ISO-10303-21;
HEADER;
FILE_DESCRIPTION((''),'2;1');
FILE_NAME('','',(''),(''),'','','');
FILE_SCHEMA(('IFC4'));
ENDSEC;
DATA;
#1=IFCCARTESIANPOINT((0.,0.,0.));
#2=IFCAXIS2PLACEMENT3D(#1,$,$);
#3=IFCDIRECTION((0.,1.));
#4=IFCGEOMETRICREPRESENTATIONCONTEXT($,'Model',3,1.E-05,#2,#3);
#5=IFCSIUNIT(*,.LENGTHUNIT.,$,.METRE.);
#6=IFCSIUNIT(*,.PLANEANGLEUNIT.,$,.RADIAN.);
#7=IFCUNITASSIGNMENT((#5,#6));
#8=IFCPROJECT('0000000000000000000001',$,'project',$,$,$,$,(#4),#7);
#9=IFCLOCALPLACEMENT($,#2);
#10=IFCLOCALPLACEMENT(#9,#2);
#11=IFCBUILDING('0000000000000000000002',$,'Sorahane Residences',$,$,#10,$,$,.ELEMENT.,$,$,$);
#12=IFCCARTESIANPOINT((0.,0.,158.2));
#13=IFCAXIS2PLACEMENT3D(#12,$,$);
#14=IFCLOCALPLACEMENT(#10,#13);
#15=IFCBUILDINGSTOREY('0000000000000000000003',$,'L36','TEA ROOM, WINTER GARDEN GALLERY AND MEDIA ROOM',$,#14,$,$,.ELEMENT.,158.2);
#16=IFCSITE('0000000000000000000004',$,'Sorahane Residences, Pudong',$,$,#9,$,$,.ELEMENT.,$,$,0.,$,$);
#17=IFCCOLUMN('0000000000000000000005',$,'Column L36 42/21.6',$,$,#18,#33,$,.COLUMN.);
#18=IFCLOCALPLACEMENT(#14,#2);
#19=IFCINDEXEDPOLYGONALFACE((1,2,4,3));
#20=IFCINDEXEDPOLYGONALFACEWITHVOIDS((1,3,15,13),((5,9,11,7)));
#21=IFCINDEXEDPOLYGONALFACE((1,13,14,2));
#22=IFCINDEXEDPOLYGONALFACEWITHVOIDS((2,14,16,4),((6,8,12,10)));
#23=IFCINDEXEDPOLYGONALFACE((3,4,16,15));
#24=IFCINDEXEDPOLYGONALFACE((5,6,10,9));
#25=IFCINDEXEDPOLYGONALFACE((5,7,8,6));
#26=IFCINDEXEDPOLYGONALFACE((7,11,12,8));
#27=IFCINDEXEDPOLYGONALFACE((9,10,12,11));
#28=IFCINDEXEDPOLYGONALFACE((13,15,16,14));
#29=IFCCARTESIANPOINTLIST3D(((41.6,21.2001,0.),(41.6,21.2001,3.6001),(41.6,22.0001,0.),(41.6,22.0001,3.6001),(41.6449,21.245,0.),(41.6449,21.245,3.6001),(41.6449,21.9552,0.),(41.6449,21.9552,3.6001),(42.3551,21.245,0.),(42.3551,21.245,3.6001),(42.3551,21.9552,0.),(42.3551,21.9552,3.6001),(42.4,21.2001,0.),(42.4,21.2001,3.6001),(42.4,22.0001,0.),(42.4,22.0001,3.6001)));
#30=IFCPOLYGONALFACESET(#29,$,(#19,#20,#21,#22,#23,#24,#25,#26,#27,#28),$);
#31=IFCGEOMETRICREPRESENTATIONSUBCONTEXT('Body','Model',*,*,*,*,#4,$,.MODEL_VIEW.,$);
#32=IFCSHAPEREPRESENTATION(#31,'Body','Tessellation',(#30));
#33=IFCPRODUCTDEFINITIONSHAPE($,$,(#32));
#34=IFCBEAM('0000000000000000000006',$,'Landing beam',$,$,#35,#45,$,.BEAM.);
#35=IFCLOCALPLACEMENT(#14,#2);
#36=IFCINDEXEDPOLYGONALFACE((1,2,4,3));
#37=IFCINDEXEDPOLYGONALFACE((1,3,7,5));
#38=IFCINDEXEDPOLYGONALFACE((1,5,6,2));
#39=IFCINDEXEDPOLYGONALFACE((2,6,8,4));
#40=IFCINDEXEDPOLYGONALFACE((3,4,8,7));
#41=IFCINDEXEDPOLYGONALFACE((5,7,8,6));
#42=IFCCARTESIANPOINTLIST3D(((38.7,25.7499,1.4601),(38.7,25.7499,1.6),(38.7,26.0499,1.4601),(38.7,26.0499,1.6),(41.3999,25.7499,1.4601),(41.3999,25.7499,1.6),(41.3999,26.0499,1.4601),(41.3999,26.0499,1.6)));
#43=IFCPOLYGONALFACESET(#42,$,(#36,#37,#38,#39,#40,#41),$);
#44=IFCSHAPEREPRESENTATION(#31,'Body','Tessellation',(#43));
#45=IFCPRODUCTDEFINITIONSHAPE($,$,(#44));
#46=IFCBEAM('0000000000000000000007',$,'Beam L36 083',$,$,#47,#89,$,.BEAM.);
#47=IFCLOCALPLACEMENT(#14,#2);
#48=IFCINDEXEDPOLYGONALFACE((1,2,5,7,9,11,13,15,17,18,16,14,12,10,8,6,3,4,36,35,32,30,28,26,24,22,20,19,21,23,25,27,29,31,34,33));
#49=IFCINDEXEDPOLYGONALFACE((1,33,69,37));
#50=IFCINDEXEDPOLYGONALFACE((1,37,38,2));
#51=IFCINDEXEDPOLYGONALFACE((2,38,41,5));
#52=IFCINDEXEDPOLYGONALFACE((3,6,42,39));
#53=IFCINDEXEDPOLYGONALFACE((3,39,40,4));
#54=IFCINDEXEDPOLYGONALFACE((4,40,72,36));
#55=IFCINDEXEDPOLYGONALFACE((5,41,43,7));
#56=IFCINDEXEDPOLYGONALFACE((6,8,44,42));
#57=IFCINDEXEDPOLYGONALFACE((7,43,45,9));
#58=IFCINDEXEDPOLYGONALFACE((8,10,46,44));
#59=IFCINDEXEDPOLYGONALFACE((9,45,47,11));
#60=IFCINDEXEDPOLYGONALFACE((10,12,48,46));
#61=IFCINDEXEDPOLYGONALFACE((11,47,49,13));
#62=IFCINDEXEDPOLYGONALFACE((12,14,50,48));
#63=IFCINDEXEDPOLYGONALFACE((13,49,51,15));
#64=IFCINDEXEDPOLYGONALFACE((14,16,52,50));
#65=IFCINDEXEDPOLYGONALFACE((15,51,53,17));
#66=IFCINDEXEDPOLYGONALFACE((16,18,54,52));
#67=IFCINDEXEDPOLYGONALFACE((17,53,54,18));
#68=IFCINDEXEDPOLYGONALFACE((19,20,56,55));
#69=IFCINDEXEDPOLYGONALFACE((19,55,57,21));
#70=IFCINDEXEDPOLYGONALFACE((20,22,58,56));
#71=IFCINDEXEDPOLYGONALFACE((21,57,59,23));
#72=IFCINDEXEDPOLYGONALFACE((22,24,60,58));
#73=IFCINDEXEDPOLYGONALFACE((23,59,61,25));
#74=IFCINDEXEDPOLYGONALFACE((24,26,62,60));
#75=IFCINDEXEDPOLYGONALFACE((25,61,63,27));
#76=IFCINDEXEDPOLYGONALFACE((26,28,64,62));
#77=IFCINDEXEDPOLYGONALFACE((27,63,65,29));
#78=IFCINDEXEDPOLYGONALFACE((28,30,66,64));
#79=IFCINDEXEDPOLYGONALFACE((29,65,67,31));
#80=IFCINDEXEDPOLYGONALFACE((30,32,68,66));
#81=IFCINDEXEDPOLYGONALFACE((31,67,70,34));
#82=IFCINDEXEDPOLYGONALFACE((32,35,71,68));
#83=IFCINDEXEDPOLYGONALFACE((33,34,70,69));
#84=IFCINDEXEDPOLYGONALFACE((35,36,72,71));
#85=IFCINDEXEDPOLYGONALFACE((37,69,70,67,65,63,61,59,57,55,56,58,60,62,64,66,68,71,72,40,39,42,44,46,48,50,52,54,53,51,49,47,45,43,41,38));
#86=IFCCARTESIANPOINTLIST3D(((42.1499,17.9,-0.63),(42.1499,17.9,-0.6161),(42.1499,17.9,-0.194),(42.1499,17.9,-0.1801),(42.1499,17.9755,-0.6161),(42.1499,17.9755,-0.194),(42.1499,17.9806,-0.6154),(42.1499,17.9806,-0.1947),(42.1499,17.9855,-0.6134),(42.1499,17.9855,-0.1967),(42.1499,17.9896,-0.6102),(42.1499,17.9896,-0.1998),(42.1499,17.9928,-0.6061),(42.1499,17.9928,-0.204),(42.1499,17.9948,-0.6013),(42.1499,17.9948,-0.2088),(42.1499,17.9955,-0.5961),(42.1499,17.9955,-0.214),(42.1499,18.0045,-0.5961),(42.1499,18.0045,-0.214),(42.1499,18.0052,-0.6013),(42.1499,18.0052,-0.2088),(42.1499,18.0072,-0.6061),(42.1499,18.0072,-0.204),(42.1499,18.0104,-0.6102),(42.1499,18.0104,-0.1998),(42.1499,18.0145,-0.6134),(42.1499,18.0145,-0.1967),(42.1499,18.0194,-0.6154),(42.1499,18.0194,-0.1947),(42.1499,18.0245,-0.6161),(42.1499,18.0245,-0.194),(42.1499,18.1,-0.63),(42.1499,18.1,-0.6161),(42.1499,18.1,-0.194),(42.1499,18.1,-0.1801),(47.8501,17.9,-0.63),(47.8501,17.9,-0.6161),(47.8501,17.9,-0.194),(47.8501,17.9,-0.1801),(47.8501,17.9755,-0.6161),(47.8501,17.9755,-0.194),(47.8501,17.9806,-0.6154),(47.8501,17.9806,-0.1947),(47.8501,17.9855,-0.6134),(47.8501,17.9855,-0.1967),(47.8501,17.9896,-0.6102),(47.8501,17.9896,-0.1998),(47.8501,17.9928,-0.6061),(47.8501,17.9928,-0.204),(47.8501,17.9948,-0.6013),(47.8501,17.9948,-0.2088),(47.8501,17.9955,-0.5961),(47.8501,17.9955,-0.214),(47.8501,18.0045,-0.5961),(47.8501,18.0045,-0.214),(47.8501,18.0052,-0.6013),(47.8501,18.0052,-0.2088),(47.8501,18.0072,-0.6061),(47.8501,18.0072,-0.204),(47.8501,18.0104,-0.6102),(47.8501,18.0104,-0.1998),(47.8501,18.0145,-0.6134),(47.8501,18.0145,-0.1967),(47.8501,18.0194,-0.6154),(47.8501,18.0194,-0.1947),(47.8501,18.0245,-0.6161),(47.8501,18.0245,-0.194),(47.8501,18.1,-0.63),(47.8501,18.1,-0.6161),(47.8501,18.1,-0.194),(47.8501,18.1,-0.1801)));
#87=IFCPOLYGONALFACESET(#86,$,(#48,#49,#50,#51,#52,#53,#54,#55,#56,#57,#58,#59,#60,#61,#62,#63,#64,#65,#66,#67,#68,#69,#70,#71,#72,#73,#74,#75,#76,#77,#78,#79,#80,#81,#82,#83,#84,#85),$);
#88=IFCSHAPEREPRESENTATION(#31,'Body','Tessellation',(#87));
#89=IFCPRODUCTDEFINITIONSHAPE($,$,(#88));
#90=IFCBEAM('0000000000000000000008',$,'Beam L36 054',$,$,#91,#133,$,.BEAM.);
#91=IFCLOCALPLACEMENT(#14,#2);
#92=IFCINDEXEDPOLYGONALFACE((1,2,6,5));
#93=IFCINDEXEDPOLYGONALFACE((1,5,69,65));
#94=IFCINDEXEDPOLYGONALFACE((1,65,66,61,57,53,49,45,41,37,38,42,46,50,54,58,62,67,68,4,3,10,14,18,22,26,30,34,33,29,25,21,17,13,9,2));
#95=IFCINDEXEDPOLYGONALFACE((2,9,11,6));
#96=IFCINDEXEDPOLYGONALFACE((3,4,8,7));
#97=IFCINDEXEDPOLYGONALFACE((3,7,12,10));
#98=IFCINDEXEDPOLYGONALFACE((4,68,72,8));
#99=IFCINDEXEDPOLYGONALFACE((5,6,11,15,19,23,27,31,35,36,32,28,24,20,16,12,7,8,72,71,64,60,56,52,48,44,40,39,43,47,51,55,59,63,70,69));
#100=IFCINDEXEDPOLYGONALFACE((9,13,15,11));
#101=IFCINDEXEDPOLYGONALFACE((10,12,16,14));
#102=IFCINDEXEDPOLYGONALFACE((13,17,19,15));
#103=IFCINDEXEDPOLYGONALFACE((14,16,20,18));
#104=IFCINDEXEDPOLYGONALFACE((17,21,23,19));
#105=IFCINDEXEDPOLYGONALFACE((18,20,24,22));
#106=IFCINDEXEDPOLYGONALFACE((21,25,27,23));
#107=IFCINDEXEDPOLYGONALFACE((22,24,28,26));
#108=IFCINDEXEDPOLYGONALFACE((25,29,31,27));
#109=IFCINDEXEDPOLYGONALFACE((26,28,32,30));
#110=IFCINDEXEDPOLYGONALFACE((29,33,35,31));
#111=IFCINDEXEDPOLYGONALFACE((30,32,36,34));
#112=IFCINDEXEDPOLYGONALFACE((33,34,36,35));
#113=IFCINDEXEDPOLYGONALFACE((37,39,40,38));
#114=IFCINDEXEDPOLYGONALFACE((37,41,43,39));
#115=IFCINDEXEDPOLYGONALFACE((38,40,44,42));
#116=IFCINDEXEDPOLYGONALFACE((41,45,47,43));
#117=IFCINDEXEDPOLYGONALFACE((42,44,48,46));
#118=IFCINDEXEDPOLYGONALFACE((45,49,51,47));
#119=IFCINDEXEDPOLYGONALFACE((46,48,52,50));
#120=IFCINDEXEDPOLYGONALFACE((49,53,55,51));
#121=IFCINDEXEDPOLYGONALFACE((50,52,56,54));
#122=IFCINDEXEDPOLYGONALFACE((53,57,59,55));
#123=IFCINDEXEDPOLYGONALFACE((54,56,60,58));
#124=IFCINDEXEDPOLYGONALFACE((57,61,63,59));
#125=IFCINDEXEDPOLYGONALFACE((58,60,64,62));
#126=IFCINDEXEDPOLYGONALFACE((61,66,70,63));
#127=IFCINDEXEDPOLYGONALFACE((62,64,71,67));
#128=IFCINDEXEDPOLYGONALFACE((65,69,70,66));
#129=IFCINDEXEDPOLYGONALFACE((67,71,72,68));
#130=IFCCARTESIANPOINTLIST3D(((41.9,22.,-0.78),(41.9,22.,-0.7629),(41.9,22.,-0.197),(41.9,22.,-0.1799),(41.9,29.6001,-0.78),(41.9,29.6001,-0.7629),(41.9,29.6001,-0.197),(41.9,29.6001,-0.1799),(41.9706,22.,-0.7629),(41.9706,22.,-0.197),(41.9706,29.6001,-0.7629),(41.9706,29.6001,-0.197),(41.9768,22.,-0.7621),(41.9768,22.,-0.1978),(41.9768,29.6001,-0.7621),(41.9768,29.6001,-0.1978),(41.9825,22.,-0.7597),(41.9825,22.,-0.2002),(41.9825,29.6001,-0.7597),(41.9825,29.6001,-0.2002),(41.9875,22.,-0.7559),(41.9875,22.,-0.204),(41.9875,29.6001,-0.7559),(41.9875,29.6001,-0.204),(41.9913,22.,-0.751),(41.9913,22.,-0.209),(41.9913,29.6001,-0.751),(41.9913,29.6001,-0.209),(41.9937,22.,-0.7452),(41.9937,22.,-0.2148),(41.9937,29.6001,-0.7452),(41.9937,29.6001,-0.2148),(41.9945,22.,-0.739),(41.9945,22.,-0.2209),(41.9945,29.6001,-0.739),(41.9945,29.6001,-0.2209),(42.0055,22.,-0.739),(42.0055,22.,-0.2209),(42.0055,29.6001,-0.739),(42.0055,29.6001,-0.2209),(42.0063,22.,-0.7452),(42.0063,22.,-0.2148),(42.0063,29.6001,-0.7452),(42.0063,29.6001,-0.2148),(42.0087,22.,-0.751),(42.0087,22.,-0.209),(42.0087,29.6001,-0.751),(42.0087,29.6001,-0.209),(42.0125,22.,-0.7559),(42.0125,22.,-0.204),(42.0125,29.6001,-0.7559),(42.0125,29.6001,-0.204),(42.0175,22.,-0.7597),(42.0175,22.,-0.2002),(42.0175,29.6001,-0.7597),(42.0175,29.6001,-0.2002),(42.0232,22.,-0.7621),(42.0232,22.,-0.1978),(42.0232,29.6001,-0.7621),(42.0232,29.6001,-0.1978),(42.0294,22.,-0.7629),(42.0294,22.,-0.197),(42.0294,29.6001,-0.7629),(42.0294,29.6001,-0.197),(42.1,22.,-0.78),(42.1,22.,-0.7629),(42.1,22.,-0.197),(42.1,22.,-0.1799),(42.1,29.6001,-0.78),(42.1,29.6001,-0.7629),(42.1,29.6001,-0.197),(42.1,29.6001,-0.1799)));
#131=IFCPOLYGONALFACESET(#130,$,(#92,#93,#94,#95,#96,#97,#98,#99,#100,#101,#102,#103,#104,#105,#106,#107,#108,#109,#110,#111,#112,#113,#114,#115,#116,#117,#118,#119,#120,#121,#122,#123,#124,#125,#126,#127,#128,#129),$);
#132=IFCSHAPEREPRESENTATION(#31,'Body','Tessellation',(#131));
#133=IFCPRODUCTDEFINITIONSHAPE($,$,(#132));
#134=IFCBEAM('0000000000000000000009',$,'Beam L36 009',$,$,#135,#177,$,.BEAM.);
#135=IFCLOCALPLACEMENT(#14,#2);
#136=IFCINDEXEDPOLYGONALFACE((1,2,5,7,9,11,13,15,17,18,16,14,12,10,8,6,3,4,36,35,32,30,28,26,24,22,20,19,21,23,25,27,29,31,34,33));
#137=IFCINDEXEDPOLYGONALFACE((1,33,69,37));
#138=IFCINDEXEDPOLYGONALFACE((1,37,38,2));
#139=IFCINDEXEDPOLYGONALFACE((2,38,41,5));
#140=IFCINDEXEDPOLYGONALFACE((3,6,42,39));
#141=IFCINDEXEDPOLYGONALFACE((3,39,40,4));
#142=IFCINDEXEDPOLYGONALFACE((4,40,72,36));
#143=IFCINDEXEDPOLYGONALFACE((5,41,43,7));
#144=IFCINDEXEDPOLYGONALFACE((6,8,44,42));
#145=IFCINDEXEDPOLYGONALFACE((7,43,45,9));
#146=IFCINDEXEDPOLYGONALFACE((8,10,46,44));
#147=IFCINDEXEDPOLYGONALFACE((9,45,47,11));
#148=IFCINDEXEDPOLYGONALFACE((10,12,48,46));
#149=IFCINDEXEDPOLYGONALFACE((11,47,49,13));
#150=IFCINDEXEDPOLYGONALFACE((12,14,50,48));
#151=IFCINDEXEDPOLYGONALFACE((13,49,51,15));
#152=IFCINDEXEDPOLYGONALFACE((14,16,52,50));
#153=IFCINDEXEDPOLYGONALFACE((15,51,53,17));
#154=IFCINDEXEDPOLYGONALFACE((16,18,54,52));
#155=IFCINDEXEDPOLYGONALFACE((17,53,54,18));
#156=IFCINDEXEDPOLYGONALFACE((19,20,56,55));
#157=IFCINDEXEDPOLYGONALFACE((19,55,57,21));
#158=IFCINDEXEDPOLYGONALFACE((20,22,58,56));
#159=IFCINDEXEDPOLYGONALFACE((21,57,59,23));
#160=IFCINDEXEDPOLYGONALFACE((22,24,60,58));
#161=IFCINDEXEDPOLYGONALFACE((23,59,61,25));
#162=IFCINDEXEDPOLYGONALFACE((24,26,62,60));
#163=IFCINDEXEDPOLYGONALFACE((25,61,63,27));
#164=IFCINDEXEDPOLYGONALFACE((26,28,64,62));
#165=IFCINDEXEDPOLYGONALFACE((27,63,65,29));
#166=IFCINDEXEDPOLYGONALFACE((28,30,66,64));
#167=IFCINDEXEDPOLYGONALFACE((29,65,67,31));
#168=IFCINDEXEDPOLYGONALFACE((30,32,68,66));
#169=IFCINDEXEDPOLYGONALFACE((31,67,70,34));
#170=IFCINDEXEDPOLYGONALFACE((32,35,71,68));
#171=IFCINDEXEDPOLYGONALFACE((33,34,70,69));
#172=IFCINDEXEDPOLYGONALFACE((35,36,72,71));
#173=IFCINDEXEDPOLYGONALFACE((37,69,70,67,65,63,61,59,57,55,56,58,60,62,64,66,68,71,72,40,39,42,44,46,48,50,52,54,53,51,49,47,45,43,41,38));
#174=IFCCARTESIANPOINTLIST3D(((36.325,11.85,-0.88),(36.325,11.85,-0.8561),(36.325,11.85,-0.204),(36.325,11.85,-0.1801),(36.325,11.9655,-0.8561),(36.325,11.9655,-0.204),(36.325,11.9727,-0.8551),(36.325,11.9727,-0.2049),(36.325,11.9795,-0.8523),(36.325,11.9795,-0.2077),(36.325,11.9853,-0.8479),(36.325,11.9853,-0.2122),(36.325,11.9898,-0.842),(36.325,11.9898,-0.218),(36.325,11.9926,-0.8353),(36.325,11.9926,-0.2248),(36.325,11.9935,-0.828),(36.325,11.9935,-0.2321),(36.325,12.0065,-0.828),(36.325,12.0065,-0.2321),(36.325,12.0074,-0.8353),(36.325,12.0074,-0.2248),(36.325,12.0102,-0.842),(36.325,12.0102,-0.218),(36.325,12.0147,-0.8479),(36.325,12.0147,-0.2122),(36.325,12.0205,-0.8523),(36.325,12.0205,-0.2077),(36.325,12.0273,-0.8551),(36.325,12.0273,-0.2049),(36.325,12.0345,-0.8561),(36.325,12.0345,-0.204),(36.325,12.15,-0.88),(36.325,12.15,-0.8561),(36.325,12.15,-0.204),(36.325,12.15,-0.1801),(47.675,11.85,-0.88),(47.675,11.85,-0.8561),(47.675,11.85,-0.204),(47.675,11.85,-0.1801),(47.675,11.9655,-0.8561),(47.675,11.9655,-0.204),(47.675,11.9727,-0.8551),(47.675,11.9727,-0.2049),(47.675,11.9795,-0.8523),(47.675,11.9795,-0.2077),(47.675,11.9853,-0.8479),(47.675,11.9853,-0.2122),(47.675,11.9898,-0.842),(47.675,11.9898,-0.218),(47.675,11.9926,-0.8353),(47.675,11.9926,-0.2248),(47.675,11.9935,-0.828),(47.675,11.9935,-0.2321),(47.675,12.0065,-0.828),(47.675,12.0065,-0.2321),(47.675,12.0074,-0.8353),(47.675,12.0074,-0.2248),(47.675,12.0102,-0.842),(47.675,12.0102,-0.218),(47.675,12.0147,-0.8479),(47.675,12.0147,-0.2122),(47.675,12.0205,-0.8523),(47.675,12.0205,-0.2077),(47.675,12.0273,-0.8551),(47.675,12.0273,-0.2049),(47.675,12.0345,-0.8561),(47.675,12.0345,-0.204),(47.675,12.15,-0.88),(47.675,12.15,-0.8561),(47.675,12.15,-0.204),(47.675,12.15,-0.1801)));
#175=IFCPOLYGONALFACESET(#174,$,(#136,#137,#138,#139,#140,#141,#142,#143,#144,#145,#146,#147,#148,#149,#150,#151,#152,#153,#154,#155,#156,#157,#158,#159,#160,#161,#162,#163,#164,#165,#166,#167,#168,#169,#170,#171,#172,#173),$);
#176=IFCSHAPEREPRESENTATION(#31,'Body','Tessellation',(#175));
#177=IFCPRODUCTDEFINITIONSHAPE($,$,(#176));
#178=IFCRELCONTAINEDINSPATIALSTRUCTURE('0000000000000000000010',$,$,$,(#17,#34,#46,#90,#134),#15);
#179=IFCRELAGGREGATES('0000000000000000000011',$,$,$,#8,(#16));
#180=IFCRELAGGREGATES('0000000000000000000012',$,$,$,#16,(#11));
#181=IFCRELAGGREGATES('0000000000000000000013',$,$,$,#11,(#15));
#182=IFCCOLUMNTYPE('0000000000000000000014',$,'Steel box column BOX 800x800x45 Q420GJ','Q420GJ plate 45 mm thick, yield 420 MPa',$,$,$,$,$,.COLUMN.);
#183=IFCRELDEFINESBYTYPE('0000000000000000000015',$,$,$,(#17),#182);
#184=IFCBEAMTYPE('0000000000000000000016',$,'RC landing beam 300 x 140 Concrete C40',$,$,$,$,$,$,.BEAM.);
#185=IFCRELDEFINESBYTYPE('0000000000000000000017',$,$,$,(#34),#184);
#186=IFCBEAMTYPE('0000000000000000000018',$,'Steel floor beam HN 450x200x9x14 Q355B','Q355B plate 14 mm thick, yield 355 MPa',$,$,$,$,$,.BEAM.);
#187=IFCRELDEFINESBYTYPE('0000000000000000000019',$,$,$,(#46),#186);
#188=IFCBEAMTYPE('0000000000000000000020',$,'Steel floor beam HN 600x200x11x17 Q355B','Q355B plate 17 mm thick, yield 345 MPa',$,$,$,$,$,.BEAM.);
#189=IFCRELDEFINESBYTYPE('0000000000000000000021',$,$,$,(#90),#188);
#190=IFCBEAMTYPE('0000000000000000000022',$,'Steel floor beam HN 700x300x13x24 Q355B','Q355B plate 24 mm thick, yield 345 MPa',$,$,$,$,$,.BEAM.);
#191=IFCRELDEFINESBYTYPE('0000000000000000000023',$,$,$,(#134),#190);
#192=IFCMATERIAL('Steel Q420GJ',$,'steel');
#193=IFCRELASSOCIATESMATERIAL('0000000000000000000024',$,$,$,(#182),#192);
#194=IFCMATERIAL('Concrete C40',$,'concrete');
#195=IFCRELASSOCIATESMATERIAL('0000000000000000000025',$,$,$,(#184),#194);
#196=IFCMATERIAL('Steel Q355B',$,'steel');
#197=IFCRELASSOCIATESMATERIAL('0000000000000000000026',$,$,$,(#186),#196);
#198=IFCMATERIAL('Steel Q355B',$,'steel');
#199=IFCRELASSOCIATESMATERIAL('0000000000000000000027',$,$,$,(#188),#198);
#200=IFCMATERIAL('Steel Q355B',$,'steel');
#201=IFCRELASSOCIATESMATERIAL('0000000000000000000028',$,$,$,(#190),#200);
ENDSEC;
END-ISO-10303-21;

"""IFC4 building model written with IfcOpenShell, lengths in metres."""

from ifc_helpers import new_model, si_unit, direction, frame, origin, origin_2d, place, context, subcontext, project, spatial, rectangle, hollow_rectangle, i_section, extrude, material, material_profile, profile_set, type_object, element, save


model = new_model("IFC4")

# Units and contexts
model_context = context("Model", 3, precision=1e-05, world=origin(), true_north=direction((0.0, 1.0)))
body_context = subcontext(model_context, "Body", "Model", "MODEL_VIEW")
ifc_project = project(units=[si_unit("LENGTHUNIT", "METRE"), si_unit("PLANEANGLEUNIT", "RADIAN")], contexts=[model_context])

# Site, building, storey
site_placement = place(None, origin())
site = spatial("IfcSite", under=ifc_project, at=site_placement, Name="Sorahane Residences, Pudong", CompositionType="ELEMENT", RefElevation=0.0)
building_placement = place(site_placement, origin())
building = spatial("IfcBuilding", under=site, at=building_placement, Name="Sorahane Residences", CompositionType="ELEMENT")
storey_placement = place(building_placement, frame((0.0, 0.0, 158.2)))
storey = spatial("IfcBuildingStorey", under=building, at=storey_placement, Name="L36", Description="TEA ROOM, WINTER GARDEN GALLERY AND MEDIA ROOM", CompositionType="ELEMENT", Elevation=158.2)

# Column
ifc_material_1 = material(Name="Steel Q420GJ", Category="steel")
ifc_material_profile_1 = material_profile(ifc_material_1, hollow_rectangle(XDim=0.8, YDim=0.8, WallThickness=0.0449, at=origin_2d()), Name="BOX 800x800x45")
ifc_profile_set_1 = profile_set([ifc_material_profile_1], Name="Steel Q420GJ")
column_type = type_object("IfcColumnType", Name="Steel box column BOX 800x800x45 Q420GJ", Description="Q420GJ plate 45 mm thick, yield 420 MPa", PredefinedType="COLUMN", material=ifc_profile_set_1)
column_placement = place(storey_placement, frame((42.0, 21.6001, 0.0), z_axis=(0.0, 0.0, 1.0), x_axis=(1.0, 0.0, 0.0)))
element("IfcColumn", 1, at=column_placement, inside=storey, type_object=column_type, Name="Column L36 42/21.6", PredefinedType="COLUMN", context=body_context, shape_type="SweptSolid", body=[
    extrude(hollow_rectangle(XDim=0.8, YDim=0.8, WallThickness=0.0449, at=origin_2d()), origin(), (0.0, 0.0, 1.0), 3.6001),
])

# Beams
ifc_material_2 = material(Name="Concrete C40", Category="concrete")
ifc_material_profile_2 = material_profile(ifc_material_2, rectangle(XDim=0.3, YDim=0.1399, at=origin_2d()), Name="300x140")
ifc_profile_set_2 = profile_set([ifc_material_profile_2], Name="Concrete C40")
beam_type_1 = type_object("IfcBeamType", Name="RC landing beam 300 x 140 Concrete C40", PredefinedType="BEAM", material=ifc_profile_set_2)
beam_1_placement = place(storey_placement, frame((38.7, 25.8999, 1.53), z_axis=(1.0, 0.0, 0.0), x_axis=(0.0, 1.0, 0.0)))
element("IfcBeam", 2, at=beam_1_placement, inside=storey, type_object=beam_type_1, Name="Landing beam", PredefinedType="BEAM", context=body_context, shape_type="SweptSolid", body=[
    extrude(rectangle(XDim=0.3, YDim=0.1399, at=origin_2d()), origin(), (0.0, 0.0, 1.0), 2.7),
])
ifc_material_3 = material(Name="Steel Q355B", Category="steel")
ifc_material_profile_3 = material_profile(ifc_material_3, i_section(OverallWidth=0.2, OverallDepth=0.45, WebThickness=0.009, FlangeThickness=0.0139, FilletRadius=0.02, at=origin_2d()), Name="HN 450x200x9x14")
ifc_profile_set_3 = profile_set([ifc_material_profile_3], Name="Steel Q355B")
beam_type_2 = type_object("IfcBeamType", Name="Steel floor beam HN 450x200x9x14 Q355B", Description="Q355B plate 14 mm thick, yield 355 MPa", PredefinedType="BEAM", material=ifc_profile_set_3)
beam_2_placement = place(storey_placement, frame((42.1499, 18.0, -0.405), z_axis=(1.0, 0.0, 0.0), x_axis=(0.0, 1.0, 0.0)))
element("IfcBeam", 3, at=beam_2_placement, inside=storey, type_object=beam_type_2, Name="Beam L36 083", PredefinedType="BEAM", context=body_context, shape_type="SweptSolid", body=[
    extrude(i_section(OverallWidth=0.2, OverallDepth=0.45, WebThickness=0.009, FlangeThickness=0.0139, FilletRadius=0.02, at=origin_2d()), origin(), (0.0, 0.0, 1.0), 5.7002),
])
ifc_material_4 = material(Name="Steel Q355B", Category="steel")
ifc_material_profile_4 = material_profile(ifc_material_4, i_section(OverallWidth=0.2, OverallDepth=0.6001, WebThickness=0.011, FlangeThickness=0.0171, FilletRadius=0.0239, at=origin_2d()), Name="HN 600x200x11x17")
ifc_profile_set_4 = profile_set([ifc_material_profile_4], Name="Steel Q355B")
beam_type_3 = type_object("IfcBeamType", Name="Steel floor beam HN 600x200x11x17 Q355B", Description="Q355B plate 17 mm thick, yield 345 MPa", PredefinedType="BEAM", material=ifc_profile_set_4)
beam_3_placement = place(storey_placement, frame((42.0, 22.0, -0.48), z_axis=(0.0, 1.0, 0.0), x_axis=(-1.0, 0.0, 0.0)))
element("IfcBeam", 4, at=beam_3_placement, inside=storey, type_object=beam_type_3, Name="Beam L36 054", PredefinedType="BEAM", context=body_context, shape_type="SweptSolid", body=[
    extrude(i_section(OverallWidth=0.2, OverallDepth=0.6001, WebThickness=0.011, FlangeThickness=0.0171, FilletRadius=0.0239, at=origin_2d()), origin(), (0.0, 0.0, 1.0), 7.6001),
])
ifc_material_5 = material(Name="Steel Q355B", Category="steel")
ifc_material_profile_5 = material_profile(ifc_material_5, i_section(OverallWidth=0.3, OverallDepth=0.7, WebThickness=0.0129, FlangeThickness=0.0239, FilletRadius=0.0281, at=origin_2d()), Name="HN 700x300x13x24")
ifc_profile_set_5 = profile_set([ifc_material_profile_5], Name="Steel Q355B")
beam_type_4 = type_object("IfcBeamType", Name="Steel floor beam HN 700x300x13x24 Q355B", Description="Q355B plate 24 mm thick, yield 345 MPa", PredefinedType="BEAM", material=ifc_profile_set_5)
beam_4_placement = place(storey_placement, frame((36.325, 12.0, -0.53), z_axis=(1.0, 0.0, 0.0), x_axis=(0.0, 1.0, 0.0)))
element("IfcBeam", 5, at=beam_4_placement, inside=storey, type_object=beam_type_4, Name="Beam L36 009", PredefinedType="BEAM", context=body_context, shape_type="SweptSolid", body=[
    extrude(i_section(OverallWidth=0.3, OverallDepth=0.7, WebThickness=0.0129, FlangeThickness=0.0239, FilletRadius=0.0281, at=origin_2d()), origin(), (0.0, 0.0, 1.0), 11.3501),
])

save(model, "model.ifc")
